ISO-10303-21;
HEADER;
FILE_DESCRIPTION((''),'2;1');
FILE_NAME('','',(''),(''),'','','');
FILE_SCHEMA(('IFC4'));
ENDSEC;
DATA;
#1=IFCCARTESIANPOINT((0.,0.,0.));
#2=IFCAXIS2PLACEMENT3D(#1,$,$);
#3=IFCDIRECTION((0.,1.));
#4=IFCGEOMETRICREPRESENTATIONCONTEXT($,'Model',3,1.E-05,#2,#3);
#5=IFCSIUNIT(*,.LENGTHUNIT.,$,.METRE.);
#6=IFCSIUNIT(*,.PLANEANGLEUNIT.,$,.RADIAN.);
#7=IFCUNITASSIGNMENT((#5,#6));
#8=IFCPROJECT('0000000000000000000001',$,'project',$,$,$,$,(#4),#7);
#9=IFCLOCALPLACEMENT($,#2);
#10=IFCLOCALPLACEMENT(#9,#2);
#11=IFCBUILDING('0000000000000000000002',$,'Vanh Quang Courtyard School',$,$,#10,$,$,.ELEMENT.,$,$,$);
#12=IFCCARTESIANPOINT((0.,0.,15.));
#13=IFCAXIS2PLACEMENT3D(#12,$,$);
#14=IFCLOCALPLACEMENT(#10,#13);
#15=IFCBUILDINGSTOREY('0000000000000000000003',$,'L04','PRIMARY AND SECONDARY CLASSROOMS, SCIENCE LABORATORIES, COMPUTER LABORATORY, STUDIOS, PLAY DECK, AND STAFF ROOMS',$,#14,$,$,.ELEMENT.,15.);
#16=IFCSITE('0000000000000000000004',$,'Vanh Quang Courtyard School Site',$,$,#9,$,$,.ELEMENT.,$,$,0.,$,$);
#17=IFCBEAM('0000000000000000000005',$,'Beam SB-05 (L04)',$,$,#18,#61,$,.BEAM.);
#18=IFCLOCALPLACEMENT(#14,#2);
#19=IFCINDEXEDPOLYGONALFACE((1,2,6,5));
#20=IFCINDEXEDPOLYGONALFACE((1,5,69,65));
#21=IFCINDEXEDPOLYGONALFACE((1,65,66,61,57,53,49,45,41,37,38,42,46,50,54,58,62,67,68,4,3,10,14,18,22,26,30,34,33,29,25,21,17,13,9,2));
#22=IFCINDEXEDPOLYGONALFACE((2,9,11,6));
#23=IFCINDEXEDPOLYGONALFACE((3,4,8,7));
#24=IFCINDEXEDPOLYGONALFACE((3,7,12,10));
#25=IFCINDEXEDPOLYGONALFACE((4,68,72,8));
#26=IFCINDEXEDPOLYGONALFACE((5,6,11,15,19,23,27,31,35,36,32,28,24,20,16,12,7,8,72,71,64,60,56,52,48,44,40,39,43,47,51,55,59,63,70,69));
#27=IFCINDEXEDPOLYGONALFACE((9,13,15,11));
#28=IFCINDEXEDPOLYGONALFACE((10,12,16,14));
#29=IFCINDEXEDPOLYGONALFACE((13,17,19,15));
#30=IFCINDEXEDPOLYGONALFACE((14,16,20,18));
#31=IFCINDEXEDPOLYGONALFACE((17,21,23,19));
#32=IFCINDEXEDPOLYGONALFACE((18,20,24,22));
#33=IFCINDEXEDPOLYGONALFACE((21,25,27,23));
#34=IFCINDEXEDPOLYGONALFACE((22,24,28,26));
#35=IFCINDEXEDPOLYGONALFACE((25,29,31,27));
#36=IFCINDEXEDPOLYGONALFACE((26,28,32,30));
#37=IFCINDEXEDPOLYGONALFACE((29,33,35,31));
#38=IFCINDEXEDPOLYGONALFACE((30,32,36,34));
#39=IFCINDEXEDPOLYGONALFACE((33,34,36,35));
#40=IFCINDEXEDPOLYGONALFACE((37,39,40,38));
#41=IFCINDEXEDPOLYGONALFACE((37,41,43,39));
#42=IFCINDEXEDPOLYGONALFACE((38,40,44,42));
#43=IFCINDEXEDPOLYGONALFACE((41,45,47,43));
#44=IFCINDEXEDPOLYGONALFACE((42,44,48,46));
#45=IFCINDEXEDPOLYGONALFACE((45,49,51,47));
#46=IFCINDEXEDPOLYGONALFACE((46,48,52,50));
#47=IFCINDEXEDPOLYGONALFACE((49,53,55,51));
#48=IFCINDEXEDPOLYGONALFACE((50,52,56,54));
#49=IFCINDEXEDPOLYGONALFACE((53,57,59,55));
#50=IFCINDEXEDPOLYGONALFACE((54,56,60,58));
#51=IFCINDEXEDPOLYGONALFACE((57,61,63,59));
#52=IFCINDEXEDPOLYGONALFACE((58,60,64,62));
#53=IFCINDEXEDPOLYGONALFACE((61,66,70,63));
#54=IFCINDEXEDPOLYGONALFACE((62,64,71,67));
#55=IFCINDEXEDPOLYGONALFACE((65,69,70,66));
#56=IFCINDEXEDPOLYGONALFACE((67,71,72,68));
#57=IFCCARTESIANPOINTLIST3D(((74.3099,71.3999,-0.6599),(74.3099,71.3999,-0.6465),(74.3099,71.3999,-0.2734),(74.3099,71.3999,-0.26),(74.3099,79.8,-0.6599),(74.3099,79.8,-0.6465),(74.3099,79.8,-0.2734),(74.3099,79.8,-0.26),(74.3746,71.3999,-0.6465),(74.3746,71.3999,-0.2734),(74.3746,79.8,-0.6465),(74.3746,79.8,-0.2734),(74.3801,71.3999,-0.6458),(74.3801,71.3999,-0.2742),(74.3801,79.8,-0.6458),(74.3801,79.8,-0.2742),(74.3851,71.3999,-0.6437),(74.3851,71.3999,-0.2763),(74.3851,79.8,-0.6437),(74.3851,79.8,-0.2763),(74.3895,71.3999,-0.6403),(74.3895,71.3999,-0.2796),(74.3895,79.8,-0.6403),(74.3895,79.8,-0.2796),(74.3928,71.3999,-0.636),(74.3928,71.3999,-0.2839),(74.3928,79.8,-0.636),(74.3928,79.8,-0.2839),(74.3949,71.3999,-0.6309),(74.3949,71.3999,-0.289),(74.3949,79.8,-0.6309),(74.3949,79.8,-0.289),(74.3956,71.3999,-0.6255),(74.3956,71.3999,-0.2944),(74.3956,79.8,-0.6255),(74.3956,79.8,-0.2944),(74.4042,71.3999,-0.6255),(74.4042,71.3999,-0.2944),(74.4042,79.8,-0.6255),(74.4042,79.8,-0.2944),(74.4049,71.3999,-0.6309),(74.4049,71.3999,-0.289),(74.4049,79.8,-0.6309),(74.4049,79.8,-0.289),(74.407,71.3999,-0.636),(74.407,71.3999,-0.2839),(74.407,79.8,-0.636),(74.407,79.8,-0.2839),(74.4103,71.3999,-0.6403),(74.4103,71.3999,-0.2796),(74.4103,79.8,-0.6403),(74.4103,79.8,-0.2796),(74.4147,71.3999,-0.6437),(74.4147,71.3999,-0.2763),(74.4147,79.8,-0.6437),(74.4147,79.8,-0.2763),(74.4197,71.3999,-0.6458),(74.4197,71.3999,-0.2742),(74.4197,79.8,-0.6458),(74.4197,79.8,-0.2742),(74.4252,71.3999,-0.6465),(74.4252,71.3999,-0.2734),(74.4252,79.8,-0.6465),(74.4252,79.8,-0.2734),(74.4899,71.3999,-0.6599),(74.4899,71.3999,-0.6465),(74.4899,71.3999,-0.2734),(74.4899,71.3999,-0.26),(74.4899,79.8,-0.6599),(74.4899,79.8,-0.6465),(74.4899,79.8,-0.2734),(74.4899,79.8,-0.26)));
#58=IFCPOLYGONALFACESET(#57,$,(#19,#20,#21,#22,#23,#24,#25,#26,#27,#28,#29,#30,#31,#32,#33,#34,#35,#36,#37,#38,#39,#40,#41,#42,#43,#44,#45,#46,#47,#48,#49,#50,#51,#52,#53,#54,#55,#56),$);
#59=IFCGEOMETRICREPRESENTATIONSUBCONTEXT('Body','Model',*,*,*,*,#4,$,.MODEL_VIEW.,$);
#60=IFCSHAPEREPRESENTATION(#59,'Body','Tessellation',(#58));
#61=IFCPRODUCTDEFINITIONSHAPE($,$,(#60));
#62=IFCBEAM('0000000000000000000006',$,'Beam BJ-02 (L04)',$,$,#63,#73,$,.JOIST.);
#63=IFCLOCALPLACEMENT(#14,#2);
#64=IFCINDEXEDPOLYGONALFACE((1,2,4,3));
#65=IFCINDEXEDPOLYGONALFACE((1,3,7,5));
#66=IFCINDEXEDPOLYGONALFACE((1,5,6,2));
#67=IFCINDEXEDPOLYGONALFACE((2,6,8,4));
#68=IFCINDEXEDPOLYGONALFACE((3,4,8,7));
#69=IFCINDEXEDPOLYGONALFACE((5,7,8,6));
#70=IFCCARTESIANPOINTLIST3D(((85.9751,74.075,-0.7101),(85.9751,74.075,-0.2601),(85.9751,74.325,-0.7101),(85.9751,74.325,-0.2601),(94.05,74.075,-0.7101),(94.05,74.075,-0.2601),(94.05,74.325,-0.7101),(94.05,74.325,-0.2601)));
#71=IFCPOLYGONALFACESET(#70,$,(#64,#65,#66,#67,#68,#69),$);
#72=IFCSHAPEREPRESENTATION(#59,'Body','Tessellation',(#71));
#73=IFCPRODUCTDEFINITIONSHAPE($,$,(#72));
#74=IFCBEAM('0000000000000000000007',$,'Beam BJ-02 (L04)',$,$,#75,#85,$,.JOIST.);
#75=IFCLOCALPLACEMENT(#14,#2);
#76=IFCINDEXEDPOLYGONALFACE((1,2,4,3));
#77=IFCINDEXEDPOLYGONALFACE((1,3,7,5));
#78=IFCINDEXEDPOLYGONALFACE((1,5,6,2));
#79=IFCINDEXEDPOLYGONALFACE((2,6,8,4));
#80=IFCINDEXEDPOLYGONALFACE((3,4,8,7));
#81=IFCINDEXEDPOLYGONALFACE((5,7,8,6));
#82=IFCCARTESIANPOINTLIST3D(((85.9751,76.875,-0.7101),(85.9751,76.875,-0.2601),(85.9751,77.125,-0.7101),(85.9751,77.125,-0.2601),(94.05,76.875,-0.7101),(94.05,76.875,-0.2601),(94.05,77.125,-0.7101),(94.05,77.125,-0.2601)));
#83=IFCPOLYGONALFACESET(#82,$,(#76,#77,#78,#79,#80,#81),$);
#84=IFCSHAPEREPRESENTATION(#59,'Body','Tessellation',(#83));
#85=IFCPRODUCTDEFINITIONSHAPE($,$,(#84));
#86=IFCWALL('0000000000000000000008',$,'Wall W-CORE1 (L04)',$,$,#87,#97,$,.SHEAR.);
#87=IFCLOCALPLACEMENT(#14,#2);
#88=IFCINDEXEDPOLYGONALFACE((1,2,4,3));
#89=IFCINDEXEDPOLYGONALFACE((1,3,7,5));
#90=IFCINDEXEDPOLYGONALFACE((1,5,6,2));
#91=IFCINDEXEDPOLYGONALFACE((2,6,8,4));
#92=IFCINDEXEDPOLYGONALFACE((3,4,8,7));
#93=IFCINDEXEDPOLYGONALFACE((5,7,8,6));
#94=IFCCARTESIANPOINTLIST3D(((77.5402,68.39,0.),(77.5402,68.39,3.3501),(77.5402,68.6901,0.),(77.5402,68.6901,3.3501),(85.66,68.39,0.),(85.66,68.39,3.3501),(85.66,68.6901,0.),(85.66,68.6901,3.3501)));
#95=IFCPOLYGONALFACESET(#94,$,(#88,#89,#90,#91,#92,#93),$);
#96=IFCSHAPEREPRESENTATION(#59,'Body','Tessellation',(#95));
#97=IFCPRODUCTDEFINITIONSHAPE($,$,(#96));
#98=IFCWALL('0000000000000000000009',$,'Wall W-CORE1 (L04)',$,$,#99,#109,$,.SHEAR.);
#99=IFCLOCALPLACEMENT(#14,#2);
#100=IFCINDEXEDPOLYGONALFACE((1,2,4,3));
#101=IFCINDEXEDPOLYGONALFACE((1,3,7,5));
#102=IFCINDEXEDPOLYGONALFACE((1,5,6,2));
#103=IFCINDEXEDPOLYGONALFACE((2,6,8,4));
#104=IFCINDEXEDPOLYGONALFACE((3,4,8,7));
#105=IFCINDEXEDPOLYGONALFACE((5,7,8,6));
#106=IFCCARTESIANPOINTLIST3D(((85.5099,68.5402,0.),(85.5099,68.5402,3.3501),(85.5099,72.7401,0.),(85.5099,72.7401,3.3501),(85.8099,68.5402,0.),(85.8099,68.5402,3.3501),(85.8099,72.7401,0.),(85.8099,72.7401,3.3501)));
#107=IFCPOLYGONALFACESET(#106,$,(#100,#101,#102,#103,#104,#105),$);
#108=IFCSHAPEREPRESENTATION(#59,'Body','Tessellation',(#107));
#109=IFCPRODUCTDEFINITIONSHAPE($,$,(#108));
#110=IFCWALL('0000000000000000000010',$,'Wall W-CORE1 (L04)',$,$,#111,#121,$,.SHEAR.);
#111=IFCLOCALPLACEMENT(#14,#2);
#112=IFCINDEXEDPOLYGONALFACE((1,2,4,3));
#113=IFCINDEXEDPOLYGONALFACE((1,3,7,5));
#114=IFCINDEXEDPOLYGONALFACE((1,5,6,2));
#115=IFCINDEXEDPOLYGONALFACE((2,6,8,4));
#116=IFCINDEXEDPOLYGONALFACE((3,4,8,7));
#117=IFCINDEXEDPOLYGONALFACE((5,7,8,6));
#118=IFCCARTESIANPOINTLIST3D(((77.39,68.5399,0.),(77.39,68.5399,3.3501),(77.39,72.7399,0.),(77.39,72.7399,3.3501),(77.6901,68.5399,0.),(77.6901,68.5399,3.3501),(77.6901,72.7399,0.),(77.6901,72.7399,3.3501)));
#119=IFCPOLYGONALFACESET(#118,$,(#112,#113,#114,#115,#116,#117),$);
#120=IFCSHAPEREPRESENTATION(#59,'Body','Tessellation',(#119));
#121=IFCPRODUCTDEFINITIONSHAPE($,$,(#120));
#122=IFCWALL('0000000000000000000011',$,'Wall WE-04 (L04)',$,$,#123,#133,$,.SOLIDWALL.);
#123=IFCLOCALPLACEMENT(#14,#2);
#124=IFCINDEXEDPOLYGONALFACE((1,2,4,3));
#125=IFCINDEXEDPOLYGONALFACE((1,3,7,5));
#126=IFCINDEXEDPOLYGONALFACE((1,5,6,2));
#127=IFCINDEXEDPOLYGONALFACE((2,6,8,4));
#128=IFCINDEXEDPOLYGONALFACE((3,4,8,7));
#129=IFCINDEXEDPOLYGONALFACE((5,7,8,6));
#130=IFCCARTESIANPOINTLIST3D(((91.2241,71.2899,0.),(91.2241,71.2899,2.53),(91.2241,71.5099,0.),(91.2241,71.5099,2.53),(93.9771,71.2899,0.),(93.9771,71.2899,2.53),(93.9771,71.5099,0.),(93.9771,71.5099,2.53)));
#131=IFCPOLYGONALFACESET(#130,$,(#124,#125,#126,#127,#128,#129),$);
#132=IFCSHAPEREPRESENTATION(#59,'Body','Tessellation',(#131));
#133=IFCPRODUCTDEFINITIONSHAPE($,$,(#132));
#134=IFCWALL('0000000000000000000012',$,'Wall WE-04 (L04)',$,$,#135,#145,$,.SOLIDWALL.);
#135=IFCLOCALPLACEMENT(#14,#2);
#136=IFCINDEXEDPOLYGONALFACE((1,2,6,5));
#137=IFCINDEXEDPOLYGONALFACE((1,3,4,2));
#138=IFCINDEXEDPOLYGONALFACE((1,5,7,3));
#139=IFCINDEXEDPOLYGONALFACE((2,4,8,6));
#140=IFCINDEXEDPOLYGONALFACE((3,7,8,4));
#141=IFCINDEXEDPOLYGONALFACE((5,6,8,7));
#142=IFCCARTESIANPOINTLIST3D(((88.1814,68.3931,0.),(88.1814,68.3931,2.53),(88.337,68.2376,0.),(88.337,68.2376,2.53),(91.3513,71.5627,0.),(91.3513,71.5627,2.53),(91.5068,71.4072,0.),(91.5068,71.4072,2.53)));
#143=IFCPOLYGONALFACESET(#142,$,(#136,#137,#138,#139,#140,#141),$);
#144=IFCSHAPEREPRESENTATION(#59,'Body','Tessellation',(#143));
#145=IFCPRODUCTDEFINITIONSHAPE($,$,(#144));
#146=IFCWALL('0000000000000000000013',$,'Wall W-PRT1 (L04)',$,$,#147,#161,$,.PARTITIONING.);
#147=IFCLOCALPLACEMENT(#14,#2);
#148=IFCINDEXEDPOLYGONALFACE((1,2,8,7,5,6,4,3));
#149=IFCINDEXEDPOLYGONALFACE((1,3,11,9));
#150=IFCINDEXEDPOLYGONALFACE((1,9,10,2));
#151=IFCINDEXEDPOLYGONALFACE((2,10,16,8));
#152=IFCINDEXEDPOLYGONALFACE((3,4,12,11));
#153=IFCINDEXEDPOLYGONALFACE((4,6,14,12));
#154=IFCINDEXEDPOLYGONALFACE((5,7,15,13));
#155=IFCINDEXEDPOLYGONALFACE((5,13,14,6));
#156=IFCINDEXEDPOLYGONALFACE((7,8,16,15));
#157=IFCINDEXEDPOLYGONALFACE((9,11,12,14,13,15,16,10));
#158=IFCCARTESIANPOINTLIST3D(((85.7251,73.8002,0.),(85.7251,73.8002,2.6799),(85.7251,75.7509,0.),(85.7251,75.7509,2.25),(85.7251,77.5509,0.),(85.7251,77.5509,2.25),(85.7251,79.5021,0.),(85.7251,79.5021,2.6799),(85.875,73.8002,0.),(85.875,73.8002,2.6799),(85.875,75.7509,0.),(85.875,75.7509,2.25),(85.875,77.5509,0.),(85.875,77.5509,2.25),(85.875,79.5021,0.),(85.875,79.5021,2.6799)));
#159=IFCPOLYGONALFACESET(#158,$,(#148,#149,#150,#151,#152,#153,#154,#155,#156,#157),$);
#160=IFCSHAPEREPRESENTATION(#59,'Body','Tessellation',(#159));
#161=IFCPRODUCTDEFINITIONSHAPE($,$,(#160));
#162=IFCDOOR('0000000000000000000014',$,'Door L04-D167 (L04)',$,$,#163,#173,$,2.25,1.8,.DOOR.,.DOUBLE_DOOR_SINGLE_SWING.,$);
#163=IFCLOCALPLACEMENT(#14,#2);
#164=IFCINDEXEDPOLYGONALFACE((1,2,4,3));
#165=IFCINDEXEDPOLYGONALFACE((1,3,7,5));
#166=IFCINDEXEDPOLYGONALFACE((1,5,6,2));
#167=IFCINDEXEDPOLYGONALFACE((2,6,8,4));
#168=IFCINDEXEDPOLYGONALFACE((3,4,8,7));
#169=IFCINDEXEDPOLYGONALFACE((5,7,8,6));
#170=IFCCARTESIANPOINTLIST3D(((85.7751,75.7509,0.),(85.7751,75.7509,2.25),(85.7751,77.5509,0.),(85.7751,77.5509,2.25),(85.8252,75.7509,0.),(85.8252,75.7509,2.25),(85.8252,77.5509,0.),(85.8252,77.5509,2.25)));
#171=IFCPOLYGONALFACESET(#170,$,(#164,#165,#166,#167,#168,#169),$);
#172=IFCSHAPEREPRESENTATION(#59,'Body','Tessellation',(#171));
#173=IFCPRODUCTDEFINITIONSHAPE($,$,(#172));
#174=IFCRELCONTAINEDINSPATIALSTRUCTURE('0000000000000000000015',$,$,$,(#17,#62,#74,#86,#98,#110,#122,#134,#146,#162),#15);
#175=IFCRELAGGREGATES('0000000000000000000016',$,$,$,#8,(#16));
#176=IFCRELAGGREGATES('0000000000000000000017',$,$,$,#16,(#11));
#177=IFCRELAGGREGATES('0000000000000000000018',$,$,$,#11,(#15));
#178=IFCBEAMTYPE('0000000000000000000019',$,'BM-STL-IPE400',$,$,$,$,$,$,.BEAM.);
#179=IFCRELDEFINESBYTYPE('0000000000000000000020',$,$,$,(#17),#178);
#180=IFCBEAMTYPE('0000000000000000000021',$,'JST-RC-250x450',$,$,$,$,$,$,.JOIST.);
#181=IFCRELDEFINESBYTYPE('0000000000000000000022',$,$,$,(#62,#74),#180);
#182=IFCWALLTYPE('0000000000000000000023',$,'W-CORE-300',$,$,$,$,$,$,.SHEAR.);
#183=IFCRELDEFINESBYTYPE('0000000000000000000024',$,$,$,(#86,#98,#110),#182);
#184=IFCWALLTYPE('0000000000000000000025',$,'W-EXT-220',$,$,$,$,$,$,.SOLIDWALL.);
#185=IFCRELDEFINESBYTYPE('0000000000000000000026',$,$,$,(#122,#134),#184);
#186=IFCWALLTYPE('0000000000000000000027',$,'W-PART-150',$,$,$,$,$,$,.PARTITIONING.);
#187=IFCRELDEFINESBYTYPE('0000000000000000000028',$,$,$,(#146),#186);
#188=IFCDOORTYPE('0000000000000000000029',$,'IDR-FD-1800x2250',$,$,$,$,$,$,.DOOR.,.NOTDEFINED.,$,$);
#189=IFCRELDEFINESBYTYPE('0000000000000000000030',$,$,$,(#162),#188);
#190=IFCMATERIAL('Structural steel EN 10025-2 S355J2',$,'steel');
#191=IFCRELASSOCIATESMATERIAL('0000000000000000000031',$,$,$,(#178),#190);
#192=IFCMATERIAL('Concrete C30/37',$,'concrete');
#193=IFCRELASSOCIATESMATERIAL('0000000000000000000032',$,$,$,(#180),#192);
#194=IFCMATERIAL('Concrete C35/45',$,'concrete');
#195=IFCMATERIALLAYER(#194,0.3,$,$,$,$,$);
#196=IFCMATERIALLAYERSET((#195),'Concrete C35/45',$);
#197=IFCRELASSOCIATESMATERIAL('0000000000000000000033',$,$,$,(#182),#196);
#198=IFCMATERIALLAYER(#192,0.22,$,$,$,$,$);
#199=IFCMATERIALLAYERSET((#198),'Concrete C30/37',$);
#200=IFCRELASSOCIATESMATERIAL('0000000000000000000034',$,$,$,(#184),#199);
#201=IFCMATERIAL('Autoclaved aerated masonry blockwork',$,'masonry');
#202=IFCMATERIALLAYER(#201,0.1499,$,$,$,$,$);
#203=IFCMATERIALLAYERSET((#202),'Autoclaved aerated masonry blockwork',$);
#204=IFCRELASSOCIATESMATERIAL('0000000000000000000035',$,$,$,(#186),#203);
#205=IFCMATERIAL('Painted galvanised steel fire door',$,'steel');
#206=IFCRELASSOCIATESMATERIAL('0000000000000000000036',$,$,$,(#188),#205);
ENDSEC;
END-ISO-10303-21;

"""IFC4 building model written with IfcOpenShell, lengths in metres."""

from ifc_helpers import new_model, si_unit, direction, frame, frame_2d, origin, origin_2d, place, context, subcontext, project, spatial, rectangle, i_section, extrude, material, layer, layer_set, material_profile, profile_set, type_object, element, fill, save


model = new_model("IFC4")

# Units and contexts
model_context = context("Model", 3, precision=1e-05, world=origin(), true_north=direction((0.0, 1.0)))
body_context = subcontext(model_context, "Body", "Model", "MODEL_VIEW")
ifc_project = project(units=[si_unit("LENGTHUNIT", "METRE"), si_unit("PLANEANGLEUNIT", "RADIAN")], contexts=[model_context])

# Site, building, storey
site_placement = place(None, origin())
site = spatial("IfcSite", under=ifc_project, at=site_placement, Name="Vanh Quang Courtyard School Site", CompositionType="ELEMENT", RefElevation=0.0)
building_placement = place(site_placement, origin())
building = spatial("IfcBuilding", under=site, at=building_placement, Name="Vanh Quang Courtyard School", CompositionType="ELEMENT")
storey_placement = place(building_placement, frame((0.0, 0.0, 15.0)))
storey = spatial("IfcBuildingStorey", under=building, at=storey_placement, Name="L04", Description="PRIMARY AND SECONDARY CLASSROOMS, SCIENCE LABORATORIES, COMPUTER LABORATORY, STUDIOS, PLAY DECK, AND STAFF ROOMS", CompositionType="ELEMENT", Elevation=15.0)

# Shared definitions
ifc_material_1 = material(Name="Concrete C35/45", Category="concrete")

# Beams
ifc_material_2 = material(Name="Structural steel EN 10025-2 S355J2", Category="steel")
ifc_material_profile_1 = material_profile(ifc_material_2, i_section(OverallWidth=0.1799, OverallDepth=0.3999, WebThickness=0.0085, FlangeThickness=0.0134, FilletRadius=0.021, at=origin_2d()), Name="IPE 400")
ifc_profile_set_1 = profile_set([ifc_material_profile_1], Name="Structural steel EN 10025-2 S355J2")
beam_type_1 = type_object("IfcBeamType", Name="BM-STL-IPE400", PredefinedType="BEAM", material=ifc_profile_set_1)
beam_1_placement = place(storey_placement, frame((74.3999, 71.3999, -0.46), z_axis=(0.0, 1.0, 0.0), x_axis=(-1.0, 0.0, 0.0)))
element("IfcBeam", 1, at=beam_1_placement, inside=storey, type_object=beam_type_1, Name="Beam SB-05 (L04)", PredefinedType="BEAM", context=body_context, shape_type="SweptSolid", body=[
    extrude(i_section(OverallWidth=0.1799, OverallDepth=0.3999, WebThickness=0.0085, FlangeThickness=0.0134, FilletRadius=0.021, at=origin_2d()), origin(), (0.0, 0.0, 1.0), 8.4001),
])
ifc_material_3 = material(Name="Concrete C30/37", Category="concrete")
ifc_material_profile_2 = material_profile(ifc_material_3, rectangle(XDim=0.25, YDim=0.45, at=origin_2d()), Name="RC-JST 250x450")
ifc_profile_set_2 = profile_set([ifc_material_profile_2], Name="Concrete C30/37")
beam_type_2 = type_object("IfcBeamType", Name="JST-RC-250x450", PredefinedType="JOIST", material=ifc_profile_set_2)
for number, where, z_axis, x_axis, name in (
    (2, (85.9751, 74.2, -0.4851), (1.0, 0.0, 0.0), (0.0, 1.0, 0.0), "Beam BJ-02 (L04)"),
    (3, (85.9751, 77.0, -0.4851), (1.0, 0.0, 0.0), (0.0, 1.0, 0.0), "Beam BJ-02 (L04)"),
):
    element("IfcBeam", number, at=place(storey_placement, frame(where, z_axis=z_axis, x_axis=x_axis)), inside=storey, type_object=beam_type_2, Name=name, PredefinedType="JOIST", context=body_context, shape_type="SweptSolid", body=[
        extrude(rectangle(XDim=0.25, YDim=0.45, at=origin_2d()), origin(), (0.0, 0.0, 1.0), 8.075),
    ])

# Walls
ifc_layer_1 = layer(ifc_material_1, 0.3)
ifc_layer_set_1 = layer_set([ifc_layer_1], Name="Concrete C35/45")
wall_type_1 = type_object("IfcWallType", Name="W-CORE-300", PredefinedType="SHEAR", material=ifc_layer_set_1)
wall_1_placement = place(storey_placement, frame((77.54, 68.54, 0.0), z_axis=(0.0, 0.0, 1.0), x_axis=(1.0, 0.0, 0.0)))
element("IfcWall", 4, at=wall_1_placement, inside=storey, type_object=wall_type_1, Name="Wall W-CORE1 (L04)", PredefinedType="SHEAR", context=body_context, shape_type="SweptSolid", body=[
    extrude(rectangle(XDim=8.1199, YDim=0.3, at=frame_2d((4.0601, 0.0))), origin(), (0.0, 0.0, 1.0), 3.3501),
])
wall_2_placement = place(storey_placement, frame((85.6599, 68.54, 0.0), z_axis=(0.0, 0.0, 1.0), x_axis=(0.0, 1.0, 0.0)))
element("IfcWall", 5, at=wall_2_placement, inside=storey, type_object=wall_type_1, Name="Wall W-CORE1 (L04)", PredefinedType="SHEAR", context=body_context, shape_type="SweptSolid", body=[
    extrude(rectangle(XDim=4.2, YDim=0.3, at=frame_2d((2.1001, 0.0))), origin(), (0.0, 0.0, 1.0), 3.3501),
])

# Shared definitions
ifc_material_4 = material(Name="Painted galvanised steel fire door", Category="steel")

# Walls
wall_3_placement = place(storey_placement, frame((77.54, 72.74, 0.0), z_axis=(0.0, 0.0, 1.0), x_axis=(0.0, -1.0, 0.0)))
element("IfcWall", 6, at=wall_3_placement, inside=storey, type_object=wall_type_1, Name="Wall W-CORE1 (L04)", PredefinedType="SHEAR", context=body_context, shape_type="SweptSolid", body=[
    extrude(rectangle(XDim=4.2, YDim=0.3, at=frame_2d((2.1001, 0.0))), origin(), (0.0, 0.0, 1.0), 3.3501),
])
ifc_layer_2 = layer(ifc_material_3, 0.22)
ifc_layer_set_2 = layer_set([ifc_layer_2], Name="Concrete C30/37")
wall_type_2 = type_object("IfcWallType", Name="W-EXT-220", PredefinedType="SOLIDWALL", material=ifc_layer_set_2)
wall_4_placement = place(storey_placement, frame((93.9771, 71.3999, 0.0), z_axis=(0.0, 0.0, 1.0), x_axis=(-1.0, 0.0, 0.0)))
element("IfcWall", 7, at=wall_4_placement, inside=storey, type_object=wall_type_2, Name="Wall WE-04 (L04)", PredefinedType="SOLIDWALL", context=body_context, shape_type="SweptSolid", body=[
    extrude(rectangle(XDim=2.7529, YDim=0.22, at=frame_2d((1.3765, 0.0))), origin(), (0.0, 0.0, 1.0), 2.53),
])
wall_5_placement = place(storey_placement, frame((91.429, 71.4849, 0.0), z_axis=(0.0, 0.0, 1.0), x_axis=(-0.707134, -0.70708, 0.0)))
element("IfcWall", 8, at=wall_5_placement, inside=storey, type_object=wall_type_2, Name="Wall WE-04 (L04)", PredefinedType="SOLIDWALL", context=body_context, shape_type="SweptSolid", body=[
    extrude(rectangle(XDim=4.4827, YDim=0.22, at=frame_2d((2.2412, 0.0))), origin(), (0.0, 0.0, 1.0), 2.53),
])

# Wall, opening, door
ifc_material_5 = material(Name="Autoclaved aerated masonry blockwork", Category="masonry")
ifc_layer_3 = layer(ifc_material_5, 0.1499)
ifc_layer_set_3 = layer_set([ifc_layer_3], Name="Autoclaved aerated masonry blockwork")
wall_type_3 = type_object("IfcWallType", Name="W-PART-150", PredefinedType="PARTITIONING", material=ifc_layer_set_3)
wall_6_placement = place(storey_placement, frame((85.8, 73.8, 0.0), z_axis=(0.0, 0.0, 1.0), x_axis=(0.0, 1.0, 0.0)))
wall_6 = element("IfcWall", 9, at=wall_6_placement, inside=storey, type_object=wall_type_3, Name="Wall W-PRT1 (L04)", PredefinedType="PARTITIONING", context=body_context, shape_type="SweptSolid", body=[
    extrude(rectangle(XDim=5.7019, YDim=0.1499, at=frame_2d((2.8511, 0.0))), origin(), (0.0, 0.0, 1.0), 2.6799),
])
opening_1_placement = place(wall_6_placement, frame((1.9509, 0.0, 0.0)))
opening_1 = element("IfcOpeningElement", 10, at=opening_1_placement, cuts=wall_6, PredefinedType="OPENING", context=body_context, shape_type="SweptSolid", body=[
    extrude(rectangle(XDim=1.8, YDim=2.25, at=frame_2d((0.8999, 1.125))), frame((0.0, 0.085, 0.0), z_axis=(0.0, -1.0, 0.0), x_axis=(1.0, 0.0, 0.0)), (0.0, 0.0, 1.0), 0.1699),
])
door_type_1 = type_object("IfcDoorType", Name="IDR-FD-1800x2250", OperationType="NOTDEFINED", PredefinedType="DOOR", material=ifc_material_4)
door_1_placement = place(opening_1_placement, origin())
door_1 = element("IfcDoor", 11, at=door_1_placement, inside=storey, type_object=door_type_1, Name="Door L04-D167 (L04)", OperationType="DOUBLE_DOOR_SINGLE_SWING", OverallHeight=2.25, OverallWidth=1.8, PredefinedType="DOOR", context=body_context, shape_type="SweptSolid", body=[
    extrude(rectangle(XDim=1.8, YDim=2.25, at=frame_2d((0.8999, 1.125))), frame((0.0, 0.0249, 0.0), z_axis=(0.0, -1.0, 0.0), x_axis=(1.0, 0.0, 0.0)), (0.0, 0.0, 1.0), 0.05),
])
fill(opening_1, door_1)

save(model, "model.ifc")
